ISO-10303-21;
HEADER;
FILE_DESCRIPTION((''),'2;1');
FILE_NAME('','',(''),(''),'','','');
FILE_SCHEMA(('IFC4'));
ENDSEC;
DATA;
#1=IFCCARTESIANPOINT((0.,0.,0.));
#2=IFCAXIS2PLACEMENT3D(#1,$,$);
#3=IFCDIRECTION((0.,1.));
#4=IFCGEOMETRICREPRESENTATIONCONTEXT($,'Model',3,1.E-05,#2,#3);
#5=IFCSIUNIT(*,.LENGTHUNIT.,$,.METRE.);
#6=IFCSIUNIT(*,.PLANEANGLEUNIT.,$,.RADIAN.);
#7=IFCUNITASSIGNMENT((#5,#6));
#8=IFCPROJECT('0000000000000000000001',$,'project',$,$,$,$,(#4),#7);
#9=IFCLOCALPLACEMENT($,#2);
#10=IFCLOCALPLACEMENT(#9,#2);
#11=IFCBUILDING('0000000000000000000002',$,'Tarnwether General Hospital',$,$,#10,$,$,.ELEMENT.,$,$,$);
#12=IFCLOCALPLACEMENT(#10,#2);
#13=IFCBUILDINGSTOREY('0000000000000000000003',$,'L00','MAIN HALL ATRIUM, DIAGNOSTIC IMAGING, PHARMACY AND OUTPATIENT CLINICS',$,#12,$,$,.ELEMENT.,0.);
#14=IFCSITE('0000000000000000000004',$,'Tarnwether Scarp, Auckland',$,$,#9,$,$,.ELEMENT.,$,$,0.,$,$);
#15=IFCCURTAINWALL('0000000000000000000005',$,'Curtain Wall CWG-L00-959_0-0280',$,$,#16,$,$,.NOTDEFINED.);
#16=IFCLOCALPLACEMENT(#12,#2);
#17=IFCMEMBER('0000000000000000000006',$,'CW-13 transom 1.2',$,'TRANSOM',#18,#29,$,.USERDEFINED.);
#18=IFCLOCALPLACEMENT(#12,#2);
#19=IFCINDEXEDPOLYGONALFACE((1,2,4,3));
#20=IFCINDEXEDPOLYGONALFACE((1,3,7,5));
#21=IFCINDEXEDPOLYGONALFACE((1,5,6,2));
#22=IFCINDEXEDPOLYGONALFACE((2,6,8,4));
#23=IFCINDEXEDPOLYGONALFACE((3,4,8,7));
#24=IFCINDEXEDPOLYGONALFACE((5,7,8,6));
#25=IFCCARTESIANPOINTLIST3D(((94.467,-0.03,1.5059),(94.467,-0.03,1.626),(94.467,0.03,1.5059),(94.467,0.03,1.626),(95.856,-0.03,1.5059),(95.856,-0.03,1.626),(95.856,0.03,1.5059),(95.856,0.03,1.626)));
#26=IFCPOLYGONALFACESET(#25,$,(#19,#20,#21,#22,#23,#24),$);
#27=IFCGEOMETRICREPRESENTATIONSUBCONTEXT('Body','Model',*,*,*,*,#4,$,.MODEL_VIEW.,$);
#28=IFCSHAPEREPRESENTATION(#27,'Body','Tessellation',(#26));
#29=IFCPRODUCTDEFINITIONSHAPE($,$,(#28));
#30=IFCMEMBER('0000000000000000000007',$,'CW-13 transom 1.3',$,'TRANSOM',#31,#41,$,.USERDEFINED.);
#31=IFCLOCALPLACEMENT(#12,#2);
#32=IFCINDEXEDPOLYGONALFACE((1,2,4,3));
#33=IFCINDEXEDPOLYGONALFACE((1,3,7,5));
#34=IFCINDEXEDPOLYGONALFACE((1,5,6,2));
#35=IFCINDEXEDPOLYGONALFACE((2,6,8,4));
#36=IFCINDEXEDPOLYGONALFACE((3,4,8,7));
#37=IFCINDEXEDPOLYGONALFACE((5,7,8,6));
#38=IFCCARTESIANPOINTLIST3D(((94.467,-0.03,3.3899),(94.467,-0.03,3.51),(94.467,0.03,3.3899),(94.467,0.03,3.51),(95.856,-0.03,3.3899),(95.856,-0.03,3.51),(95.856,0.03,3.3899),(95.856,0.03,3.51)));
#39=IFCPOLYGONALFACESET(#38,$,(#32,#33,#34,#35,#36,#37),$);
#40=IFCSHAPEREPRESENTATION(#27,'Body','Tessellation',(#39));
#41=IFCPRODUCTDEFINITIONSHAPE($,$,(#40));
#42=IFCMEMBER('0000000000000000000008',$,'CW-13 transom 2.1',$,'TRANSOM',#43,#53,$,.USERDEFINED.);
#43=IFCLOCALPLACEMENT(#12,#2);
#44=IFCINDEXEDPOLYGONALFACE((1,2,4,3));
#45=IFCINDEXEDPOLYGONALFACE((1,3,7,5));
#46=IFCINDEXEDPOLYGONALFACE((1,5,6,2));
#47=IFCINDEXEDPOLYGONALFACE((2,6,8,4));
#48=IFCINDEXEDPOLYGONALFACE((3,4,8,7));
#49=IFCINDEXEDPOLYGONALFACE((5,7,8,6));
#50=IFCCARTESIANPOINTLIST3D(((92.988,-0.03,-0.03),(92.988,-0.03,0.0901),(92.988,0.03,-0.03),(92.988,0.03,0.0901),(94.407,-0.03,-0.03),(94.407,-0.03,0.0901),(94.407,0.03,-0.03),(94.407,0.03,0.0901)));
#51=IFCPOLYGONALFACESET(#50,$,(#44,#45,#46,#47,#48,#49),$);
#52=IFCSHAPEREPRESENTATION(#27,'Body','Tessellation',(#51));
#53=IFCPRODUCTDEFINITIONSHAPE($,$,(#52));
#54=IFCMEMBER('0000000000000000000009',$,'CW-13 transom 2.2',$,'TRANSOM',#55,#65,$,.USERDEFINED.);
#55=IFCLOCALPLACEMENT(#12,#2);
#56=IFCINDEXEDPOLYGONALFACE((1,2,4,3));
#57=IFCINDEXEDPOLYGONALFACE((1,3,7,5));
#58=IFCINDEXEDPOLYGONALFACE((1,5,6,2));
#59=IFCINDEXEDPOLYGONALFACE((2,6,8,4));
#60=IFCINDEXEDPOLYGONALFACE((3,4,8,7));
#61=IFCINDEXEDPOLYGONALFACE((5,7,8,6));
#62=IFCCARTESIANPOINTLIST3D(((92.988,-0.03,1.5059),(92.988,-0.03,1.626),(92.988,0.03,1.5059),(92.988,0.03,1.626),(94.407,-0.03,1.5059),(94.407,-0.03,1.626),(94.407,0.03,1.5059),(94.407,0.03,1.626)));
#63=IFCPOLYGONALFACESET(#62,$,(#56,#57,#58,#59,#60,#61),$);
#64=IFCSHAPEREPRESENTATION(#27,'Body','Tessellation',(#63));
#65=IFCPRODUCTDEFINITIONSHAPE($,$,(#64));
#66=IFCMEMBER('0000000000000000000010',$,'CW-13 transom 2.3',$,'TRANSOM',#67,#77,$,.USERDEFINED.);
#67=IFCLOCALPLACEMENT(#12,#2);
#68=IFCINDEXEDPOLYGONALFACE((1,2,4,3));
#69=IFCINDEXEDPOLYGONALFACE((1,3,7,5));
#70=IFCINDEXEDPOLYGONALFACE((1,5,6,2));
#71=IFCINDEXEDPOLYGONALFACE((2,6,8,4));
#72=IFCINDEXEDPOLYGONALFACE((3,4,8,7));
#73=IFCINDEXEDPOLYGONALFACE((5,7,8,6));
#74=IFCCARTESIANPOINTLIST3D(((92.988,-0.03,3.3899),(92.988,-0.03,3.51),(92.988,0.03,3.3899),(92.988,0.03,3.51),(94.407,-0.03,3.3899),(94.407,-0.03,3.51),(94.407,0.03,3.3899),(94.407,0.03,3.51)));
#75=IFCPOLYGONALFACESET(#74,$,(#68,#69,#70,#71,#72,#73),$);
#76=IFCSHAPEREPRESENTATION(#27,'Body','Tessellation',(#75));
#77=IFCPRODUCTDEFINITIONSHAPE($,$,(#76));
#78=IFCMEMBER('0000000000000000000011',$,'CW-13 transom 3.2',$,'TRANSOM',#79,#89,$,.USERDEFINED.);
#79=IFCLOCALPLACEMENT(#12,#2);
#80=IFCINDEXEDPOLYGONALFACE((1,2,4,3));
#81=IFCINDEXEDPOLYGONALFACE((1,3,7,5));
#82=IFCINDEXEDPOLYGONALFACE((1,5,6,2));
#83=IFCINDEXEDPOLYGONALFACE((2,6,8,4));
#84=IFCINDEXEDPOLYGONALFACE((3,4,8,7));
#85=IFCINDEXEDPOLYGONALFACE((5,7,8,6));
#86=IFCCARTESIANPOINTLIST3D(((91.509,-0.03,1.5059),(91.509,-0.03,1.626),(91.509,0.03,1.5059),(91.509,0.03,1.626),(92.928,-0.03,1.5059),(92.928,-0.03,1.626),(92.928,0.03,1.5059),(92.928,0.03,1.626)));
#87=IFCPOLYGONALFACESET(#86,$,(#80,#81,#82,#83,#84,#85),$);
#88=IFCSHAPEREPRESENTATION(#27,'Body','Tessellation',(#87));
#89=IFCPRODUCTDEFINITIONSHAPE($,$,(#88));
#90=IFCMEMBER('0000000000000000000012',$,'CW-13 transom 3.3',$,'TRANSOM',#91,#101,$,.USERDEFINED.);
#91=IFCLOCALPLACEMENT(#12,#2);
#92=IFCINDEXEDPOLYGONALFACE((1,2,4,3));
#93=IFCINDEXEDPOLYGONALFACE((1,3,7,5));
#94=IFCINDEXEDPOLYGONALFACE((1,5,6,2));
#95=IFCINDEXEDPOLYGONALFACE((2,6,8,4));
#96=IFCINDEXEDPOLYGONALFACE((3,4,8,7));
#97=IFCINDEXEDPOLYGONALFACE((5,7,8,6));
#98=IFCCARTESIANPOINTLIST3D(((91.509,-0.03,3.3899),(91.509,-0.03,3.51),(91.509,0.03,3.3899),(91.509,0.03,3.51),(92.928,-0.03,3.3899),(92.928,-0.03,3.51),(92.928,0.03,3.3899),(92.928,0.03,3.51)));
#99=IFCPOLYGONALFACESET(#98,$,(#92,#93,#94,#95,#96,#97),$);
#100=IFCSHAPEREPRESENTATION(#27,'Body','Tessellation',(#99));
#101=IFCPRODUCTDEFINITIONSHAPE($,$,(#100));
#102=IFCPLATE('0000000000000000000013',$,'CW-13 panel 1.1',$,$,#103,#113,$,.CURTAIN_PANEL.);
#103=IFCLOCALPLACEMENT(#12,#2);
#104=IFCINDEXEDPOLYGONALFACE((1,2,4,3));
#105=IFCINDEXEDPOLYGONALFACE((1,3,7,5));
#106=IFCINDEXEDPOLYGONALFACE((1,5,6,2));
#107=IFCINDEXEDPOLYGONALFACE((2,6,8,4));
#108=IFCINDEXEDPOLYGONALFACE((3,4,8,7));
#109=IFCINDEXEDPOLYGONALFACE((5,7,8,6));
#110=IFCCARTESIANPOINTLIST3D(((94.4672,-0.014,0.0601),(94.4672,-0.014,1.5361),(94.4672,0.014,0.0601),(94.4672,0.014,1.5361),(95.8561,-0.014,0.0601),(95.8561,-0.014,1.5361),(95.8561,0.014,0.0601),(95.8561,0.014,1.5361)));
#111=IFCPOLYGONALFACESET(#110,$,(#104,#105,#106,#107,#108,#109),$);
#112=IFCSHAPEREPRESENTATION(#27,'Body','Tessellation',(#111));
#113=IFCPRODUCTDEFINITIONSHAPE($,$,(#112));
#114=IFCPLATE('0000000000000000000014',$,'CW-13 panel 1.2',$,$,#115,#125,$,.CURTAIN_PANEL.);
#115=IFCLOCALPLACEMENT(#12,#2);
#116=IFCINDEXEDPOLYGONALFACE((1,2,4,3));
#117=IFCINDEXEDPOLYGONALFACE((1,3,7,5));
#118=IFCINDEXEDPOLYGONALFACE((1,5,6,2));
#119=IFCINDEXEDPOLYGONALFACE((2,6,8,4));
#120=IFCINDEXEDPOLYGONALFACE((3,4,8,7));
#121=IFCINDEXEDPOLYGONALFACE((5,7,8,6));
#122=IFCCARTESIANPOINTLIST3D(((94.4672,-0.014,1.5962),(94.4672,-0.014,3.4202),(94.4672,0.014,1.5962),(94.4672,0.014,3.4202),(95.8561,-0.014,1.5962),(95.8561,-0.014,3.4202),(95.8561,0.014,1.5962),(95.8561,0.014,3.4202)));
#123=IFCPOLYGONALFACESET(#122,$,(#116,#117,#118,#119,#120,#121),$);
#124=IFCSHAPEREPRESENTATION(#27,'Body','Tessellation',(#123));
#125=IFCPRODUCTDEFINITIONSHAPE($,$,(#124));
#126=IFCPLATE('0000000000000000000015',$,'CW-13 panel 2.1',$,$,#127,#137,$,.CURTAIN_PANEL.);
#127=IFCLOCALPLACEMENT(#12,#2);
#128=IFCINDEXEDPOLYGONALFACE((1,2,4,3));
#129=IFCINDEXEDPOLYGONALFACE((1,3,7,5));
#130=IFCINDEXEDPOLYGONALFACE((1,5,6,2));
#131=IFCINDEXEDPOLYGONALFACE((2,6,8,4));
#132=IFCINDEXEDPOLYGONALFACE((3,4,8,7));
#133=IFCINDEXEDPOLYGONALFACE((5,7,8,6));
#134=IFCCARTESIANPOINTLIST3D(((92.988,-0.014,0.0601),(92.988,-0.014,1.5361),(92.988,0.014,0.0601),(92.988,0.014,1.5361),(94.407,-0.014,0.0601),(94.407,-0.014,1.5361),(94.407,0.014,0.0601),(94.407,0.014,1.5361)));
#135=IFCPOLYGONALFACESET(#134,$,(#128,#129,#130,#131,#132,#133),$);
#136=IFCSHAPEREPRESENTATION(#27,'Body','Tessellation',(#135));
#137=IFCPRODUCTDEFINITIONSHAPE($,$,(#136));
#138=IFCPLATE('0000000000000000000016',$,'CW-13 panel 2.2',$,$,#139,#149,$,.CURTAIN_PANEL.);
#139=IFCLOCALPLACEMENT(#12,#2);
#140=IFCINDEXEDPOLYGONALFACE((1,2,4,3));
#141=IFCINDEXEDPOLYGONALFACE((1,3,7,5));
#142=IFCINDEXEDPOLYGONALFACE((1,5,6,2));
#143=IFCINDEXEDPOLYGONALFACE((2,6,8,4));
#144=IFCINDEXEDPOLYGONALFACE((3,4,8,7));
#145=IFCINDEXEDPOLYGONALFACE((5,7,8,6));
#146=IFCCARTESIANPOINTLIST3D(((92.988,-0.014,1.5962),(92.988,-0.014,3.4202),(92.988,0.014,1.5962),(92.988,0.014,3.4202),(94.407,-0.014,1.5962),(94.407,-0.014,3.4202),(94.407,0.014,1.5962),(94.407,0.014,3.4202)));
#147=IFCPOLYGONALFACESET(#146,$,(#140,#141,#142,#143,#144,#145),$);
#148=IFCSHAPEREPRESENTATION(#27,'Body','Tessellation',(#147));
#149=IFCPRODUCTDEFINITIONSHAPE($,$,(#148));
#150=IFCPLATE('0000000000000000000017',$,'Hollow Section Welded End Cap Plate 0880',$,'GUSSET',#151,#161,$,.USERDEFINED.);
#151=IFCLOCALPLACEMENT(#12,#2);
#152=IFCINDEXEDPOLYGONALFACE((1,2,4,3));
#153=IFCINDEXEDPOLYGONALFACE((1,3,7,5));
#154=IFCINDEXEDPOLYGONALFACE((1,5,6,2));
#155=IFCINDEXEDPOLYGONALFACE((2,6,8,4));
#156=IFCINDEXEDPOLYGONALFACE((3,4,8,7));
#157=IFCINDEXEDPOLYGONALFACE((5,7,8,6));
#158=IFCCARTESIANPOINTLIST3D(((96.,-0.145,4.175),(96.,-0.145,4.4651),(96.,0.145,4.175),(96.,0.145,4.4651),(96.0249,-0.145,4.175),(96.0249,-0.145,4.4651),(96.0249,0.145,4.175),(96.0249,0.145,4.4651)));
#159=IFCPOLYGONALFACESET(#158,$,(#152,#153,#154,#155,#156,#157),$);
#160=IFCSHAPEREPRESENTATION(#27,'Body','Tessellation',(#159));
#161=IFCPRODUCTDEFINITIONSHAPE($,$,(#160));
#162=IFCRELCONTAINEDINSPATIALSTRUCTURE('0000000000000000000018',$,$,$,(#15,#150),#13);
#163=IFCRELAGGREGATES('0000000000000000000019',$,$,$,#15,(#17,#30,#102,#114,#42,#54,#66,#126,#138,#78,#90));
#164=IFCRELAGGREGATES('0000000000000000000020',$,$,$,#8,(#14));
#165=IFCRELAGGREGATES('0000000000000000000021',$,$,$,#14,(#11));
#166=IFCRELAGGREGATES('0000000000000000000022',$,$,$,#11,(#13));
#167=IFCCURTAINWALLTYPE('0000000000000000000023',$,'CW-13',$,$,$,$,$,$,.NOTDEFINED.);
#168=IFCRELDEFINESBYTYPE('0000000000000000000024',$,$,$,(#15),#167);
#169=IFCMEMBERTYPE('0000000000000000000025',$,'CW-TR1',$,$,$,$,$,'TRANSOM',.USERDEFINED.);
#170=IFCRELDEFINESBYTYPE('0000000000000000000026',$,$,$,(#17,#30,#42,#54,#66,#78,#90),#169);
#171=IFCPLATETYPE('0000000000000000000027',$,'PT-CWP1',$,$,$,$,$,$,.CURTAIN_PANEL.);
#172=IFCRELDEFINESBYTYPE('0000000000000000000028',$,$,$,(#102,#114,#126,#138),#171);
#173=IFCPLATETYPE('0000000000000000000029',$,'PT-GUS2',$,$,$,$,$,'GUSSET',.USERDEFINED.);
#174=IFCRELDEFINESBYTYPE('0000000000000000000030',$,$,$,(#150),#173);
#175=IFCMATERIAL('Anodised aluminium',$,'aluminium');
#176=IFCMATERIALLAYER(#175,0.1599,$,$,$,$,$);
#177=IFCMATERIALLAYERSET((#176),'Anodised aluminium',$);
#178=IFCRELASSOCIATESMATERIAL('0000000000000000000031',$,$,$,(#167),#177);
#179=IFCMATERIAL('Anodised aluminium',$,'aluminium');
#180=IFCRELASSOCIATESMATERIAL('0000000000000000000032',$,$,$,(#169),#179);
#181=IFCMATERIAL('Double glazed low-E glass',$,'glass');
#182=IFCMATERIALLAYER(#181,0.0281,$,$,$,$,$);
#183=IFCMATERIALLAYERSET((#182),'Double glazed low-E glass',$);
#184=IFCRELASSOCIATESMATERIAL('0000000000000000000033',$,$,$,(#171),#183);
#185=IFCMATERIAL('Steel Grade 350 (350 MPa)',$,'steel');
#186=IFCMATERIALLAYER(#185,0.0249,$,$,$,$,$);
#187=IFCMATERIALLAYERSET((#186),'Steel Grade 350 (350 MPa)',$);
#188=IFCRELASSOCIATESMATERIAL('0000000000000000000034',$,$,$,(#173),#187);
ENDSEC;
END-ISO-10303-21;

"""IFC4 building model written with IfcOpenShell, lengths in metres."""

from ifc_helpers import new_model, si_unit, direction, frame, origin, origin_2d, place, context, subcontext, project, spatial, rectangle, extrude, material, layer, layer_set, material_profile, profile_set, type_object, element, aggregate, save


model = new_model("IFC4")

# Units and contexts
model_context = context("Model", 3, precision=1e-05, world=origin(), true_north=direction((0.0, 1.0)))
body_context = subcontext(model_context, "Body", "Model", "MODEL_VIEW")
ifc_project = project(units=[si_unit("LENGTHUNIT", "METRE"), si_unit("PLANEANGLEUNIT", "RADIAN")], contexts=[model_context])

# Site, building, storey
site_placement = place(None, origin())
site = spatial("IfcSite", under=ifc_project, at=site_placement, Name="Tarnwether Scarp, Auckland", CompositionType="ELEMENT", RefElevation=0.0)
building_placement = place(site_placement, origin())
building = spatial("IfcBuilding", under=site, at=building_placement, Name="Tarnwether General Hospital", CompositionType="ELEMENT")
storey_placement = place(building_placement, origin())
storey = spatial("IfcBuildingStorey", under=building, at=storey_placement, Name="L00", Description="MAIN HALL ATRIUM, DIAGNOSTIC IMAGING, PHARMACY AND OUTPATIENT CLINICS", CompositionType="ELEMENT", Elevation=0.0)

# Curtain wall, members, plates
ifc_material_1 = material(Name="Anodised aluminium", Category="aluminium")
ifc_layer_1 = layer(ifc_material_1, 0.1599)
ifc_layer_set_1 = layer_set([ifc_layer_1], Name="Anodised aluminium")
curtain_wall_type = type_object("IfcCurtainWallType", Name="CW-13", PredefinedType="NOTDEFINED", material=ifc_layer_set_1)
curtain_wall_placement = place(storey_placement, origin())
curtain_wall = element("IfcCurtainWall", 1, at=curtain_wall_placement, inside=storey, type_object=curtain_wall_type, Name="Curtain Wall CWG-L00-959_0-0280", PredefinedType="NOTDEFINED")
ifc_material_2 = material(Name="Anodised aluminium", Category="aluminium")
ifc_material_profile_1 = material_profile(ifc_material_2, rectangle(XDim=0.0601, YDim=0.1201, at=origin_2d()), Name="ALU-TRN-60x120")
ifc_profile_set_1 = profile_set([ifc_material_profile_1], Name="Anodised aluminium")
member_type_1 = type_object("IfcMemberType", Name="CW-TR1", ElementType="TRANSOM", PredefinedType="USERDEFINED", material=ifc_profile_set_1)
member_1_placement = place(storey_placement, frame((95.856, 0.0, 1.5659), z_axis=(-1.0, 0.0, 0.0), x_axis=(0.0, -1.0, 0.0)))
member_1 = element("IfcMember", 2, at=member_1_placement, type_object=member_type_1, Name="CW-13 transom 1.2", ObjectType="TRANSOM", PredefinedType="USERDEFINED", context=body_context, shape_type="SweptSolid", body=[
    extrude(rectangle(XDim=0.0601, YDim=0.1201, at=origin_2d()), origin(), (0.0, 0.0, 1.0), 1.3889),
])
member_2_placement = place(storey_placement, frame((95.856, 0.0, 3.45), z_axis=(-1.0, 0.0, 0.0), x_axis=(0.0, -1.0, 0.0)))
member_2 = element("IfcMember", 3, at=member_2_placement, type_object=member_type_1, Name="CW-13 transom 1.3", ObjectType="TRANSOM", PredefinedType="USERDEFINED", context=body_context, shape_type="SweptSolid", body=[
    extrude(rectangle(XDim=0.0601, YDim=0.1201, at=origin_2d()), origin(), (0.0, 0.0, 1.0), 1.3889),
])
member_3_placement = place(storey_placement, frame((94.407, 0.0, 0.03), z_axis=(-1.0, 0.0, 0.0), x_axis=(0.0, -1.0, 0.0)))
member_3 = element("IfcMember", 4, at=member_3_placement, type_object=member_type_1, Name="CW-13 transom 2.1", ObjectType="TRANSOM", PredefinedType="USERDEFINED", context=body_context, shape_type="SweptSolid", body=[
    extrude(rectangle(XDim=0.0601, YDim=0.1201, at=origin_2d()), origin(), (0.0, 0.0, 1.0), 1.4189),
])
member_4_placement = place(storey_placement, frame((94.407, 0.0, 1.5659), z_axis=(-1.0, 0.0, 0.0), x_axis=(0.0, -1.0, 0.0)))
member_4 = element("IfcMember", 5, at=member_4_placement, type_object=member_type_1, Name="CW-13 transom 2.2", ObjectType="TRANSOM", PredefinedType="USERDEFINED", context=body_context, shape_type="SweptSolid", body=[
    extrude(rectangle(XDim=0.0601, YDim=0.1201, at=origin_2d()), origin(), (0.0, 0.0, 1.0), 1.4189),
])
member_5_placement = place(storey_placement, frame((94.407, 0.0, 3.45), z_axis=(-1.0, 0.0, 0.0), x_axis=(0.0, -1.0, 0.0)))
member_5 = element("IfcMember", 6, at=member_5_placement, type_object=member_type_1, Name="CW-13 transom 2.3", ObjectType="TRANSOM", PredefinedType="USERDEFINED", context=body_context, shape_type="SweptSolid", body=[
    extrude(rectangle(XDim=0.0601, YDim=0.1201, at=origin_2d()), origin(), (0.0, 0.0, 1.0), 1.4189),
])
member_6_placement = place(storey_placement, frame((92.928, 0.0, 1.5659), z_axis=(-1.0, 0.0, 0.0), x_axis=(0.0, -1.0, 0.0)))
member_6 = element("IfcMember", 7, at=member_6_placement, type_object=member_type_1, Name="CW-13 transom 3.2", ObjectType="TRANSOM", PredefinedType="USERDEFINED", context=body_context, shape_type="SweptSolid", body=[
    extrude(rectangle(XDim=0.0601, YDim=0.1201, at=origin_2d()), origin(), (0.0, 0.0, 1.0), 1.4189),
])
member_7_placement = place(storey_placement, frame((92.928, 0.0, 3.45), z_axis=(-1.0, 0.0, 0.0), x_axis=(0.0, -1.0, 0.0)))
member_7 = element("IfcMember", 8, at=member_7_placement, type_object=member_type_1, Name="CW-13 transom 3.3", ObjectType="TRANSOM", PredefinedType="USERDEFINED", context=body_context, shape_type="SweptSolid", body=[
    extrude(rectangle(XDim=0.0601, YDim=0.1201, at=origin_2d()), origin(), (0.0, 0.0, 1.0), 1.4189),
])
ifc_material_3 = material(Name="Double glazed low-E glass", Category="glass")
ifc_layer_2 = layer(ifc_material_3, 0.0281)
ifc_layer_set_2 = layer_set([ifc_layer_2], Name="Double glazed low-E glass")
plate_type_1 = type_object("IfcPlateType", Name="PT-CWP1", PredefinedType="CURTAIN_PANEL", material=ifc_layer_set_2)
plate_1_placement = place(storey_placement, frame((95.1616, 0.0, 0.0601), z_axis=(0.0, 0.0, 1.0), x_axis=(-1.0, 0.0, 0.0)))
plate_1 = element("IfcPlate", 9, at=plate_1_placement, type_object=plate_type_1, Name="CW-13 panel 1.1", PredefinedType="CURTAIN_PANEL", context=body_context, shape_type="SweptSolid", body=[
    extrude(rectangle(XDim=1.3889, YDim=0.0281, at=origin_2d()), origin(), (0.0, 0.0, 1.0), 1.4761),
])
plate_2_placement = place(storey_placement, frame((95.1616, 0.0, 1.5962), z_axis=(0.0, 0.0, 1.0), x_axis=(-1.0, 0.0, 0.0)))
plate_2 = element("IfcPlate", 10, at=plate_2_placement, type_object=plate_type_1, Name="CW-13 panel 1.2", PredefinedType="CURTAIN_PANEL", context=body_context, shape_type="SweptSolid", body=[
    extrude(rectangle(XDim=1.3889, YDim=0.0281, at=origin_2d()), origin(), (0.0, 0.0, 1.0), 1.824),
])
plate_3_placement = place(storey_placement, frame((93.6975, 0.0, 0.0601), z_axis=(0.0, 0.0, 1.0), x_axis=(-1.0, 0.0, 0.0)))
plate_3 = element("IfcPlate", 11, at=plate_3_placement, type_object=plate_type_1, Name="CW-13 panel 2.1", PredefinedType="CURTAIN_PANEL", context=body_context, shape_type="SweptSolid", body=[
    extrude(rectangle(XDim=1.4189, YDim=0.0281, at=origin_2d()), origin(), (0.0, 0.0, 1.0), 1.4761),
])
plate_4_placement = place(storey_placement, frame((93.6975, 0.0, 1.5962), z_axis=(0.0, 0.0, 1.0), x_axis=(-1.0, 0.0, 0.0)))
plate_4 = element("IfcPlate", 12, at=plate_4_placement, type_object=plate_type_1, Name="CW-13 panel 2.2", PredefinedType="CURTAIN_PANEL", context=body_context, shape_type="SweptSolid", body=[
    extrude(rectangle(XDim=1.4189, YDim=0.0281, at=origin_2d()), origin(), (0.0, 0.0, 1.0), 1.824),
])
aggregate(curtain_wall, [member_1, member_2, plate_1, plate_2, member_3, member_4, member_5, plate_3, plate_4, member_6, member_7])

# Plate
ifc_material_4 = material(Name="Steel Grade 350 (350 MPa)", Category="steel")
ifc_layer_3 = layer(ifc_material_4, 0.0249)
ifc_layer_set_3 = layer_set([ifc_layer_3], Name="Steel Grade 350 (350 MPa)")
plate_type_2 = type_object("IfcPlateType", Name="PT-GUS2", ElementType="GUSSET", PredefinedType="USERDEFINED", material=ifc_layer_set_3)
plate_5_placement = place(storey_placement, frame((96.0125, 0.0, 4.175), z_axis=(0.0, 0.0, 1.0), x_axis=(1.0, 0.0, 0.0)))
element("IfcPlate", 13, at=plate_5_placement, inside=storey, type_object=plate_type_2, Name="Hollow Section Welded End Cap Plate 0880", ObjectType="GUSSET", PredefinedType="USERDEFINED", context=body_context, shape_type="SweptSolid", body=[
    extrude(rectangle(XDim=0.0249, YDim=0.29, at=origin_2d()), origin(), (0.0, 0.0, 1.0), 0.29),
])

save(model, "model.ifc")
